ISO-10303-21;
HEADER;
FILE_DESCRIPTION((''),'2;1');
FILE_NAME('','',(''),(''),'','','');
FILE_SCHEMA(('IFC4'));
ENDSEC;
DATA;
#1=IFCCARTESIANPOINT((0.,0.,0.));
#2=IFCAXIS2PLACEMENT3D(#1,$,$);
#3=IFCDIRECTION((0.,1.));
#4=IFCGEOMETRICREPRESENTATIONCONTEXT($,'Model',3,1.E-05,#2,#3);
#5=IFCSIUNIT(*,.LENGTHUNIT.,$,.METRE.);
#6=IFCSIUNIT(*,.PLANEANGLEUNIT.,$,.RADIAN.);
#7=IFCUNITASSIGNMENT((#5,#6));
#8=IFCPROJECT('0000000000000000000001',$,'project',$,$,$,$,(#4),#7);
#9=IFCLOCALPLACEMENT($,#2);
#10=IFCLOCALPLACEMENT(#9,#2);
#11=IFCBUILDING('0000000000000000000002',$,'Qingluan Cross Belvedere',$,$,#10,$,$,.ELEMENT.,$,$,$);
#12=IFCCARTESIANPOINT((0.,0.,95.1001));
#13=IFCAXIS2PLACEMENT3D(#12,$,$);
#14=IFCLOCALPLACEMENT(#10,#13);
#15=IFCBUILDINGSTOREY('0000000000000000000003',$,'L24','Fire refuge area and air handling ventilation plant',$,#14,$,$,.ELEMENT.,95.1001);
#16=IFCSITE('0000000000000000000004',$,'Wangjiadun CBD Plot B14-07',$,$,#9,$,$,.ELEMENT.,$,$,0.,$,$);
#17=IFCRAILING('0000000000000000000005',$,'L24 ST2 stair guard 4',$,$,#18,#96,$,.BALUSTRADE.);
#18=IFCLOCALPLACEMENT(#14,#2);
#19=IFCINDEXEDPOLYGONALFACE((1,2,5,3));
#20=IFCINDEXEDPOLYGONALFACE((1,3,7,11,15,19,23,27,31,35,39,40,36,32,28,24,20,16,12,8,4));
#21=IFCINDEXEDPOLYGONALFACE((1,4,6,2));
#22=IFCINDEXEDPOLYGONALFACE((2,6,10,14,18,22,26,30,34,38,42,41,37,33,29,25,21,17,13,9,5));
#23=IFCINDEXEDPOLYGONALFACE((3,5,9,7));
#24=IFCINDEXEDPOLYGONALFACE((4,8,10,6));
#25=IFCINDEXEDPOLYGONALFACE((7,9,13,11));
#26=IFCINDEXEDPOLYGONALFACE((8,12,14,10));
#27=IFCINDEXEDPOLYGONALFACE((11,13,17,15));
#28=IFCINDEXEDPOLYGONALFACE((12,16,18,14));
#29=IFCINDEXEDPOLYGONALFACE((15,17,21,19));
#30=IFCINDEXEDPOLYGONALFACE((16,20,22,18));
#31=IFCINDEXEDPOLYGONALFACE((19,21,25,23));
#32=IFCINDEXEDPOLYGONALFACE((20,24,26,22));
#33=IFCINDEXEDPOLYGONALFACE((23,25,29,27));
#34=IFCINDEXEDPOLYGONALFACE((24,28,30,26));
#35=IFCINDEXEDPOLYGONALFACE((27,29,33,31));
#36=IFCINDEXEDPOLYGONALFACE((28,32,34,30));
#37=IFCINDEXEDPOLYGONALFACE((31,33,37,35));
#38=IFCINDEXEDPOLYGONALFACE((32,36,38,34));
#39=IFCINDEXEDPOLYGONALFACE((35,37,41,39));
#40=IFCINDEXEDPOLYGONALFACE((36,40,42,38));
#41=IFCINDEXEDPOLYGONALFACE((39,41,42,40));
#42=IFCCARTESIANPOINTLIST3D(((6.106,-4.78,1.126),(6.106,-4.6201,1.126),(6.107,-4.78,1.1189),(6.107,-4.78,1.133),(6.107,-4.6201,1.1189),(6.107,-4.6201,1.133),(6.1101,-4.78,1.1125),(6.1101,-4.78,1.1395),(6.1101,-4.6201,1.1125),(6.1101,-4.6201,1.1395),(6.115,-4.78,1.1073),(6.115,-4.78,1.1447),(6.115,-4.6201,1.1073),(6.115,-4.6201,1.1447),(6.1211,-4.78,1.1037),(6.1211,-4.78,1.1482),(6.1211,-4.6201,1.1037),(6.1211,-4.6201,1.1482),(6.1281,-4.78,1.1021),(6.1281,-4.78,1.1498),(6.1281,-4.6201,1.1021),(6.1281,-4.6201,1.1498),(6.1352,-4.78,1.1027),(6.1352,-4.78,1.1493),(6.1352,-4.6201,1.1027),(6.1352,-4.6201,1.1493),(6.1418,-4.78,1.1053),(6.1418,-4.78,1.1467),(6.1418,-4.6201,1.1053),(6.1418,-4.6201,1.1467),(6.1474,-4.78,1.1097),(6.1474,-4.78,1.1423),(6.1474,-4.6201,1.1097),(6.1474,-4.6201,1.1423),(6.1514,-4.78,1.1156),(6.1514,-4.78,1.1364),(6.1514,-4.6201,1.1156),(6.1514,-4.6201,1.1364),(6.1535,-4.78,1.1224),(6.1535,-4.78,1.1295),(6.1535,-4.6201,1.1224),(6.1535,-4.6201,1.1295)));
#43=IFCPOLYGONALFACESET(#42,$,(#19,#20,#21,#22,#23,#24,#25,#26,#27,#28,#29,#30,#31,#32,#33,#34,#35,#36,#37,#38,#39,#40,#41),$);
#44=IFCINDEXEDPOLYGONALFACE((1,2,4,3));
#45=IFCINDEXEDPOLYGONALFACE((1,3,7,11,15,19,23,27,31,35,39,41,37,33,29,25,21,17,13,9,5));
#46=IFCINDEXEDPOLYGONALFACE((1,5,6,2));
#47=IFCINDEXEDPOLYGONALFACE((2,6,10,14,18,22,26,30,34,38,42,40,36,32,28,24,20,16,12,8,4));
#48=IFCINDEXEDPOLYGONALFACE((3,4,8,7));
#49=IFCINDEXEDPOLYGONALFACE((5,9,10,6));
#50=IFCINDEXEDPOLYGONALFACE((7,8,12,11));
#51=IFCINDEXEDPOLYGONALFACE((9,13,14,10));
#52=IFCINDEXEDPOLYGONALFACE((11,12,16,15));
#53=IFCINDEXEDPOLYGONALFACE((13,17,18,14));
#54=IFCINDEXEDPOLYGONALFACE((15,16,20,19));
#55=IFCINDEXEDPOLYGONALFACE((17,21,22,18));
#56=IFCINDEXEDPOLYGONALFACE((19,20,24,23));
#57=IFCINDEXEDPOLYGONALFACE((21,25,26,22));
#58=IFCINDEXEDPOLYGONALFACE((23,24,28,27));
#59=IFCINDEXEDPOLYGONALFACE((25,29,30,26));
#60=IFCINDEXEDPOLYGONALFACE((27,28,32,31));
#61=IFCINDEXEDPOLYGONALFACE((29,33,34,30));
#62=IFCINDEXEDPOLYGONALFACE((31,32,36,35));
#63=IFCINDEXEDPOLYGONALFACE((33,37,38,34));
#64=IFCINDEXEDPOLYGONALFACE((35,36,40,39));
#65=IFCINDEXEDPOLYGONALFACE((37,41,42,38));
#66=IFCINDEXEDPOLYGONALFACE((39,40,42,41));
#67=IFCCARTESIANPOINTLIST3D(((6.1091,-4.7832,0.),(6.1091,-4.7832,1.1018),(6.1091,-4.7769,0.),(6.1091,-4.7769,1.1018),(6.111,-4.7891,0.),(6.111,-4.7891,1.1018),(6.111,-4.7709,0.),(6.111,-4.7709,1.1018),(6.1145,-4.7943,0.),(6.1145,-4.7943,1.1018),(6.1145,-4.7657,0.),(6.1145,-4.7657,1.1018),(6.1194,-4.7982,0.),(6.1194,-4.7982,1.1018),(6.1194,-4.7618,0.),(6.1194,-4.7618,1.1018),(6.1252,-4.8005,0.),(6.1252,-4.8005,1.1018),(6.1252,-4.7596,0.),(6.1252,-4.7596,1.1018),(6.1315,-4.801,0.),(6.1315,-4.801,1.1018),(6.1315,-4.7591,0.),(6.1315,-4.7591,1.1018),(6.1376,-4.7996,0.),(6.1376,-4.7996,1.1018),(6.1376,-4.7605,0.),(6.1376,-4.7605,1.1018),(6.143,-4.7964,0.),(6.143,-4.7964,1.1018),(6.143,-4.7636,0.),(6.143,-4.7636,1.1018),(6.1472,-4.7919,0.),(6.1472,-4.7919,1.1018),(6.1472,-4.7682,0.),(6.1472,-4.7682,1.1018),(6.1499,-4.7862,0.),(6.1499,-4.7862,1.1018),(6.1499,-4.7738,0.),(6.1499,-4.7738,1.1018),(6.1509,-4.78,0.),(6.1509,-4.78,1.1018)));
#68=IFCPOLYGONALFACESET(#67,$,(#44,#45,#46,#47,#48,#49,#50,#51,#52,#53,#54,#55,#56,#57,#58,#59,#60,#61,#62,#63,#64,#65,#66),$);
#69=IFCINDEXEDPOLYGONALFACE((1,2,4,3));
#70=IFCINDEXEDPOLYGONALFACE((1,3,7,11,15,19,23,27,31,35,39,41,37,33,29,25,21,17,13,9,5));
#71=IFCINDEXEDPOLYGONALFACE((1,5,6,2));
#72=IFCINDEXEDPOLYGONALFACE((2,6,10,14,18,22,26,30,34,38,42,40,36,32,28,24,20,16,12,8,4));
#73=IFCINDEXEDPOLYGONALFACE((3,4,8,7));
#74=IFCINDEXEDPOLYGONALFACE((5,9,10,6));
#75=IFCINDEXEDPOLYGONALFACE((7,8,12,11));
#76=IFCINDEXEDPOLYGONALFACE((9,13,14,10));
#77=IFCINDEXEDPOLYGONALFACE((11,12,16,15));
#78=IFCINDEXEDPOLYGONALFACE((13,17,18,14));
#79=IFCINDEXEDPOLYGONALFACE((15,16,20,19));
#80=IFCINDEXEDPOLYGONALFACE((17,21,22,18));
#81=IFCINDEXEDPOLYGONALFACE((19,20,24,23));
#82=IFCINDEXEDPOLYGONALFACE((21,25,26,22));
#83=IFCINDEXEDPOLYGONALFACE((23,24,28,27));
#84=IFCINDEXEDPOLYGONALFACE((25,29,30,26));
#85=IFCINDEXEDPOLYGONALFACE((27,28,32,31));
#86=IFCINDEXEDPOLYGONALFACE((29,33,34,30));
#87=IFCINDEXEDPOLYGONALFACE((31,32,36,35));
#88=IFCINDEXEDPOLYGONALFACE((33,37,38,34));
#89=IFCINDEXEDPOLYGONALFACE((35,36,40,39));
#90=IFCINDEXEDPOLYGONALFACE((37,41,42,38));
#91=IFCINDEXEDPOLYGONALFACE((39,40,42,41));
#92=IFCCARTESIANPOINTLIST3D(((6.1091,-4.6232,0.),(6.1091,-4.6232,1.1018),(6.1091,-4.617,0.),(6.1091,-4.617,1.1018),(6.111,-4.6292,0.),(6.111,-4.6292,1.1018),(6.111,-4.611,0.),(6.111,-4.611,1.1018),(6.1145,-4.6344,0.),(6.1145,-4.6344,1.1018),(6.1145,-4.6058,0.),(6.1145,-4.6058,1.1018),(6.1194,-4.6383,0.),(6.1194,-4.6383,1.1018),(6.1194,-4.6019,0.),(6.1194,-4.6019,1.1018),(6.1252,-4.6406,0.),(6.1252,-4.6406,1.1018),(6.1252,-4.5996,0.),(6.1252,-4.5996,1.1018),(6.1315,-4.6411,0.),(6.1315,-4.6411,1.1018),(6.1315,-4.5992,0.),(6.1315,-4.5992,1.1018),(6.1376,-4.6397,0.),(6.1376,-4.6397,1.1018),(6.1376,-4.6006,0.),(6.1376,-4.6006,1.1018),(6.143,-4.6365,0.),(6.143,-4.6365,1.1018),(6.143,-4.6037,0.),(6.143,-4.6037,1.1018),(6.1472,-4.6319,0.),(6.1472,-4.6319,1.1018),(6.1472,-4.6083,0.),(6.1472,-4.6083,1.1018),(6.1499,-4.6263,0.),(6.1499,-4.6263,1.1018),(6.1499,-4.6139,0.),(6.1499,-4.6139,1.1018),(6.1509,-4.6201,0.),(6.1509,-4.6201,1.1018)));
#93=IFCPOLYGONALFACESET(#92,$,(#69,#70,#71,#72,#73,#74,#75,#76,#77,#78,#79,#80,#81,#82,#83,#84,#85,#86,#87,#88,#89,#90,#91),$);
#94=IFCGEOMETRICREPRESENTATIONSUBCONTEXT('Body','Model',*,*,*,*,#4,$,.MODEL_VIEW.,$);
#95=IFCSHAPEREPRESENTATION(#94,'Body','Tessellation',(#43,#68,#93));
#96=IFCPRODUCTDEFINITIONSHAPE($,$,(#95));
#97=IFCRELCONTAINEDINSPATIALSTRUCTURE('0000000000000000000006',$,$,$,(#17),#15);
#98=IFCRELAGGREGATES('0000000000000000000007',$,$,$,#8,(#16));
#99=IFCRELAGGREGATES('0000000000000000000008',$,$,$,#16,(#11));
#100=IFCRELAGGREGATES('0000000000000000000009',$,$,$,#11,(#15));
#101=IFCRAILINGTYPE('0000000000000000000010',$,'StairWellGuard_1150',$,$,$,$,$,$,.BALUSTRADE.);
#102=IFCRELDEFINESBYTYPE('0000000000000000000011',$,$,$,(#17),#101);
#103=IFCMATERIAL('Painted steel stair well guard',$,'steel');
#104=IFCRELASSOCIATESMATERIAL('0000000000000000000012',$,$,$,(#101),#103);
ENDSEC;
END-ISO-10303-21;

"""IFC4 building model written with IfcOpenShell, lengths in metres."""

from ifc_helpers import new_model, si_unit, direction, frame, origin, origin_2d, place, context, subcontext, project, spatial, circle, extrude, material, type_object, element, save


model = new_model("IFC4")

# Units and contexts
model_context = context("Model", 3, precision=1e-05, world=origin(), true_north=direction((0.0, 1.0)))
body_context = subcontext(model_context, "Body", "Model", "MODEL_VIEW")
ifc_project = project(units=[si_unit("LENGTHUNIT", "METRE"), si_unit("PLANEANGLEUNIT", "RADIAN")], contexts=[model_context])

# Site, building, storey
site_placement = place(None, origin())
site = spatial("IfcSite", under=ifc_project, at=site_placement, Name="Wangjiadun CBD Plot B14-07", CompositionType="ELEMENT", RefElevation=0.0)
building_placement = place(site_placement, origin())
building = spatial("IfcBuilding", under=site, at=building_placement, Name="Qingluan Cross Belvedere", CompositionType="ELEMENT")
storey_placement = place(building_placement, frame((0.0, 0.0, 95.1001)))
storey = spatial("IfcBuildingStorey", under=building, at=storey_placement, Name="L24", Description="Fire refuge area and air handling ventilation plant", CompositionType="ELEMENT", Elevation=95.1001)

# Railing
ifc_material_1 = material(Name="Painted steel stair well guard", Category="steel")
railing_type_1 = type_object("IfcRailingType", Name="StairWellGuard_1150", PredefinedType="BALUSTRADE", material=ifc_material_1)
railing_1_placement = place(storey_placement, frame((6.1299, -4.78, 0.0)))
element("IfcRailing", 1, at=railing_1_placement, inside=storey, type_object=railing_type_1, Name="L24 ST2 stair guard 4", PredefinedType="BALUSTRADE", context=body_context, shape_type="SweptSolid", body=[
    extrude(circle(Radius=0.0239, at=origin_2d()), frame((0.0, 0.0, 1.126), z_axis=(0.0, 1.0, 0.0), x_axis=(-1.0, 0.0, 0.0)), (0.0, 0.0, 1.0), 0.1599),
    extrude(circle(Radius=0.021, at=origin_2d()), origin(), (0.0, 0.0, 1.0), 1.1018),
    extrude(circle(Radius=0.021, at=origin_2d()), frame((0.0, 0.1599, 0.0)), (0.0, 0.0, 1.0), 1.1018),
])

save(model, "model.ifc")
